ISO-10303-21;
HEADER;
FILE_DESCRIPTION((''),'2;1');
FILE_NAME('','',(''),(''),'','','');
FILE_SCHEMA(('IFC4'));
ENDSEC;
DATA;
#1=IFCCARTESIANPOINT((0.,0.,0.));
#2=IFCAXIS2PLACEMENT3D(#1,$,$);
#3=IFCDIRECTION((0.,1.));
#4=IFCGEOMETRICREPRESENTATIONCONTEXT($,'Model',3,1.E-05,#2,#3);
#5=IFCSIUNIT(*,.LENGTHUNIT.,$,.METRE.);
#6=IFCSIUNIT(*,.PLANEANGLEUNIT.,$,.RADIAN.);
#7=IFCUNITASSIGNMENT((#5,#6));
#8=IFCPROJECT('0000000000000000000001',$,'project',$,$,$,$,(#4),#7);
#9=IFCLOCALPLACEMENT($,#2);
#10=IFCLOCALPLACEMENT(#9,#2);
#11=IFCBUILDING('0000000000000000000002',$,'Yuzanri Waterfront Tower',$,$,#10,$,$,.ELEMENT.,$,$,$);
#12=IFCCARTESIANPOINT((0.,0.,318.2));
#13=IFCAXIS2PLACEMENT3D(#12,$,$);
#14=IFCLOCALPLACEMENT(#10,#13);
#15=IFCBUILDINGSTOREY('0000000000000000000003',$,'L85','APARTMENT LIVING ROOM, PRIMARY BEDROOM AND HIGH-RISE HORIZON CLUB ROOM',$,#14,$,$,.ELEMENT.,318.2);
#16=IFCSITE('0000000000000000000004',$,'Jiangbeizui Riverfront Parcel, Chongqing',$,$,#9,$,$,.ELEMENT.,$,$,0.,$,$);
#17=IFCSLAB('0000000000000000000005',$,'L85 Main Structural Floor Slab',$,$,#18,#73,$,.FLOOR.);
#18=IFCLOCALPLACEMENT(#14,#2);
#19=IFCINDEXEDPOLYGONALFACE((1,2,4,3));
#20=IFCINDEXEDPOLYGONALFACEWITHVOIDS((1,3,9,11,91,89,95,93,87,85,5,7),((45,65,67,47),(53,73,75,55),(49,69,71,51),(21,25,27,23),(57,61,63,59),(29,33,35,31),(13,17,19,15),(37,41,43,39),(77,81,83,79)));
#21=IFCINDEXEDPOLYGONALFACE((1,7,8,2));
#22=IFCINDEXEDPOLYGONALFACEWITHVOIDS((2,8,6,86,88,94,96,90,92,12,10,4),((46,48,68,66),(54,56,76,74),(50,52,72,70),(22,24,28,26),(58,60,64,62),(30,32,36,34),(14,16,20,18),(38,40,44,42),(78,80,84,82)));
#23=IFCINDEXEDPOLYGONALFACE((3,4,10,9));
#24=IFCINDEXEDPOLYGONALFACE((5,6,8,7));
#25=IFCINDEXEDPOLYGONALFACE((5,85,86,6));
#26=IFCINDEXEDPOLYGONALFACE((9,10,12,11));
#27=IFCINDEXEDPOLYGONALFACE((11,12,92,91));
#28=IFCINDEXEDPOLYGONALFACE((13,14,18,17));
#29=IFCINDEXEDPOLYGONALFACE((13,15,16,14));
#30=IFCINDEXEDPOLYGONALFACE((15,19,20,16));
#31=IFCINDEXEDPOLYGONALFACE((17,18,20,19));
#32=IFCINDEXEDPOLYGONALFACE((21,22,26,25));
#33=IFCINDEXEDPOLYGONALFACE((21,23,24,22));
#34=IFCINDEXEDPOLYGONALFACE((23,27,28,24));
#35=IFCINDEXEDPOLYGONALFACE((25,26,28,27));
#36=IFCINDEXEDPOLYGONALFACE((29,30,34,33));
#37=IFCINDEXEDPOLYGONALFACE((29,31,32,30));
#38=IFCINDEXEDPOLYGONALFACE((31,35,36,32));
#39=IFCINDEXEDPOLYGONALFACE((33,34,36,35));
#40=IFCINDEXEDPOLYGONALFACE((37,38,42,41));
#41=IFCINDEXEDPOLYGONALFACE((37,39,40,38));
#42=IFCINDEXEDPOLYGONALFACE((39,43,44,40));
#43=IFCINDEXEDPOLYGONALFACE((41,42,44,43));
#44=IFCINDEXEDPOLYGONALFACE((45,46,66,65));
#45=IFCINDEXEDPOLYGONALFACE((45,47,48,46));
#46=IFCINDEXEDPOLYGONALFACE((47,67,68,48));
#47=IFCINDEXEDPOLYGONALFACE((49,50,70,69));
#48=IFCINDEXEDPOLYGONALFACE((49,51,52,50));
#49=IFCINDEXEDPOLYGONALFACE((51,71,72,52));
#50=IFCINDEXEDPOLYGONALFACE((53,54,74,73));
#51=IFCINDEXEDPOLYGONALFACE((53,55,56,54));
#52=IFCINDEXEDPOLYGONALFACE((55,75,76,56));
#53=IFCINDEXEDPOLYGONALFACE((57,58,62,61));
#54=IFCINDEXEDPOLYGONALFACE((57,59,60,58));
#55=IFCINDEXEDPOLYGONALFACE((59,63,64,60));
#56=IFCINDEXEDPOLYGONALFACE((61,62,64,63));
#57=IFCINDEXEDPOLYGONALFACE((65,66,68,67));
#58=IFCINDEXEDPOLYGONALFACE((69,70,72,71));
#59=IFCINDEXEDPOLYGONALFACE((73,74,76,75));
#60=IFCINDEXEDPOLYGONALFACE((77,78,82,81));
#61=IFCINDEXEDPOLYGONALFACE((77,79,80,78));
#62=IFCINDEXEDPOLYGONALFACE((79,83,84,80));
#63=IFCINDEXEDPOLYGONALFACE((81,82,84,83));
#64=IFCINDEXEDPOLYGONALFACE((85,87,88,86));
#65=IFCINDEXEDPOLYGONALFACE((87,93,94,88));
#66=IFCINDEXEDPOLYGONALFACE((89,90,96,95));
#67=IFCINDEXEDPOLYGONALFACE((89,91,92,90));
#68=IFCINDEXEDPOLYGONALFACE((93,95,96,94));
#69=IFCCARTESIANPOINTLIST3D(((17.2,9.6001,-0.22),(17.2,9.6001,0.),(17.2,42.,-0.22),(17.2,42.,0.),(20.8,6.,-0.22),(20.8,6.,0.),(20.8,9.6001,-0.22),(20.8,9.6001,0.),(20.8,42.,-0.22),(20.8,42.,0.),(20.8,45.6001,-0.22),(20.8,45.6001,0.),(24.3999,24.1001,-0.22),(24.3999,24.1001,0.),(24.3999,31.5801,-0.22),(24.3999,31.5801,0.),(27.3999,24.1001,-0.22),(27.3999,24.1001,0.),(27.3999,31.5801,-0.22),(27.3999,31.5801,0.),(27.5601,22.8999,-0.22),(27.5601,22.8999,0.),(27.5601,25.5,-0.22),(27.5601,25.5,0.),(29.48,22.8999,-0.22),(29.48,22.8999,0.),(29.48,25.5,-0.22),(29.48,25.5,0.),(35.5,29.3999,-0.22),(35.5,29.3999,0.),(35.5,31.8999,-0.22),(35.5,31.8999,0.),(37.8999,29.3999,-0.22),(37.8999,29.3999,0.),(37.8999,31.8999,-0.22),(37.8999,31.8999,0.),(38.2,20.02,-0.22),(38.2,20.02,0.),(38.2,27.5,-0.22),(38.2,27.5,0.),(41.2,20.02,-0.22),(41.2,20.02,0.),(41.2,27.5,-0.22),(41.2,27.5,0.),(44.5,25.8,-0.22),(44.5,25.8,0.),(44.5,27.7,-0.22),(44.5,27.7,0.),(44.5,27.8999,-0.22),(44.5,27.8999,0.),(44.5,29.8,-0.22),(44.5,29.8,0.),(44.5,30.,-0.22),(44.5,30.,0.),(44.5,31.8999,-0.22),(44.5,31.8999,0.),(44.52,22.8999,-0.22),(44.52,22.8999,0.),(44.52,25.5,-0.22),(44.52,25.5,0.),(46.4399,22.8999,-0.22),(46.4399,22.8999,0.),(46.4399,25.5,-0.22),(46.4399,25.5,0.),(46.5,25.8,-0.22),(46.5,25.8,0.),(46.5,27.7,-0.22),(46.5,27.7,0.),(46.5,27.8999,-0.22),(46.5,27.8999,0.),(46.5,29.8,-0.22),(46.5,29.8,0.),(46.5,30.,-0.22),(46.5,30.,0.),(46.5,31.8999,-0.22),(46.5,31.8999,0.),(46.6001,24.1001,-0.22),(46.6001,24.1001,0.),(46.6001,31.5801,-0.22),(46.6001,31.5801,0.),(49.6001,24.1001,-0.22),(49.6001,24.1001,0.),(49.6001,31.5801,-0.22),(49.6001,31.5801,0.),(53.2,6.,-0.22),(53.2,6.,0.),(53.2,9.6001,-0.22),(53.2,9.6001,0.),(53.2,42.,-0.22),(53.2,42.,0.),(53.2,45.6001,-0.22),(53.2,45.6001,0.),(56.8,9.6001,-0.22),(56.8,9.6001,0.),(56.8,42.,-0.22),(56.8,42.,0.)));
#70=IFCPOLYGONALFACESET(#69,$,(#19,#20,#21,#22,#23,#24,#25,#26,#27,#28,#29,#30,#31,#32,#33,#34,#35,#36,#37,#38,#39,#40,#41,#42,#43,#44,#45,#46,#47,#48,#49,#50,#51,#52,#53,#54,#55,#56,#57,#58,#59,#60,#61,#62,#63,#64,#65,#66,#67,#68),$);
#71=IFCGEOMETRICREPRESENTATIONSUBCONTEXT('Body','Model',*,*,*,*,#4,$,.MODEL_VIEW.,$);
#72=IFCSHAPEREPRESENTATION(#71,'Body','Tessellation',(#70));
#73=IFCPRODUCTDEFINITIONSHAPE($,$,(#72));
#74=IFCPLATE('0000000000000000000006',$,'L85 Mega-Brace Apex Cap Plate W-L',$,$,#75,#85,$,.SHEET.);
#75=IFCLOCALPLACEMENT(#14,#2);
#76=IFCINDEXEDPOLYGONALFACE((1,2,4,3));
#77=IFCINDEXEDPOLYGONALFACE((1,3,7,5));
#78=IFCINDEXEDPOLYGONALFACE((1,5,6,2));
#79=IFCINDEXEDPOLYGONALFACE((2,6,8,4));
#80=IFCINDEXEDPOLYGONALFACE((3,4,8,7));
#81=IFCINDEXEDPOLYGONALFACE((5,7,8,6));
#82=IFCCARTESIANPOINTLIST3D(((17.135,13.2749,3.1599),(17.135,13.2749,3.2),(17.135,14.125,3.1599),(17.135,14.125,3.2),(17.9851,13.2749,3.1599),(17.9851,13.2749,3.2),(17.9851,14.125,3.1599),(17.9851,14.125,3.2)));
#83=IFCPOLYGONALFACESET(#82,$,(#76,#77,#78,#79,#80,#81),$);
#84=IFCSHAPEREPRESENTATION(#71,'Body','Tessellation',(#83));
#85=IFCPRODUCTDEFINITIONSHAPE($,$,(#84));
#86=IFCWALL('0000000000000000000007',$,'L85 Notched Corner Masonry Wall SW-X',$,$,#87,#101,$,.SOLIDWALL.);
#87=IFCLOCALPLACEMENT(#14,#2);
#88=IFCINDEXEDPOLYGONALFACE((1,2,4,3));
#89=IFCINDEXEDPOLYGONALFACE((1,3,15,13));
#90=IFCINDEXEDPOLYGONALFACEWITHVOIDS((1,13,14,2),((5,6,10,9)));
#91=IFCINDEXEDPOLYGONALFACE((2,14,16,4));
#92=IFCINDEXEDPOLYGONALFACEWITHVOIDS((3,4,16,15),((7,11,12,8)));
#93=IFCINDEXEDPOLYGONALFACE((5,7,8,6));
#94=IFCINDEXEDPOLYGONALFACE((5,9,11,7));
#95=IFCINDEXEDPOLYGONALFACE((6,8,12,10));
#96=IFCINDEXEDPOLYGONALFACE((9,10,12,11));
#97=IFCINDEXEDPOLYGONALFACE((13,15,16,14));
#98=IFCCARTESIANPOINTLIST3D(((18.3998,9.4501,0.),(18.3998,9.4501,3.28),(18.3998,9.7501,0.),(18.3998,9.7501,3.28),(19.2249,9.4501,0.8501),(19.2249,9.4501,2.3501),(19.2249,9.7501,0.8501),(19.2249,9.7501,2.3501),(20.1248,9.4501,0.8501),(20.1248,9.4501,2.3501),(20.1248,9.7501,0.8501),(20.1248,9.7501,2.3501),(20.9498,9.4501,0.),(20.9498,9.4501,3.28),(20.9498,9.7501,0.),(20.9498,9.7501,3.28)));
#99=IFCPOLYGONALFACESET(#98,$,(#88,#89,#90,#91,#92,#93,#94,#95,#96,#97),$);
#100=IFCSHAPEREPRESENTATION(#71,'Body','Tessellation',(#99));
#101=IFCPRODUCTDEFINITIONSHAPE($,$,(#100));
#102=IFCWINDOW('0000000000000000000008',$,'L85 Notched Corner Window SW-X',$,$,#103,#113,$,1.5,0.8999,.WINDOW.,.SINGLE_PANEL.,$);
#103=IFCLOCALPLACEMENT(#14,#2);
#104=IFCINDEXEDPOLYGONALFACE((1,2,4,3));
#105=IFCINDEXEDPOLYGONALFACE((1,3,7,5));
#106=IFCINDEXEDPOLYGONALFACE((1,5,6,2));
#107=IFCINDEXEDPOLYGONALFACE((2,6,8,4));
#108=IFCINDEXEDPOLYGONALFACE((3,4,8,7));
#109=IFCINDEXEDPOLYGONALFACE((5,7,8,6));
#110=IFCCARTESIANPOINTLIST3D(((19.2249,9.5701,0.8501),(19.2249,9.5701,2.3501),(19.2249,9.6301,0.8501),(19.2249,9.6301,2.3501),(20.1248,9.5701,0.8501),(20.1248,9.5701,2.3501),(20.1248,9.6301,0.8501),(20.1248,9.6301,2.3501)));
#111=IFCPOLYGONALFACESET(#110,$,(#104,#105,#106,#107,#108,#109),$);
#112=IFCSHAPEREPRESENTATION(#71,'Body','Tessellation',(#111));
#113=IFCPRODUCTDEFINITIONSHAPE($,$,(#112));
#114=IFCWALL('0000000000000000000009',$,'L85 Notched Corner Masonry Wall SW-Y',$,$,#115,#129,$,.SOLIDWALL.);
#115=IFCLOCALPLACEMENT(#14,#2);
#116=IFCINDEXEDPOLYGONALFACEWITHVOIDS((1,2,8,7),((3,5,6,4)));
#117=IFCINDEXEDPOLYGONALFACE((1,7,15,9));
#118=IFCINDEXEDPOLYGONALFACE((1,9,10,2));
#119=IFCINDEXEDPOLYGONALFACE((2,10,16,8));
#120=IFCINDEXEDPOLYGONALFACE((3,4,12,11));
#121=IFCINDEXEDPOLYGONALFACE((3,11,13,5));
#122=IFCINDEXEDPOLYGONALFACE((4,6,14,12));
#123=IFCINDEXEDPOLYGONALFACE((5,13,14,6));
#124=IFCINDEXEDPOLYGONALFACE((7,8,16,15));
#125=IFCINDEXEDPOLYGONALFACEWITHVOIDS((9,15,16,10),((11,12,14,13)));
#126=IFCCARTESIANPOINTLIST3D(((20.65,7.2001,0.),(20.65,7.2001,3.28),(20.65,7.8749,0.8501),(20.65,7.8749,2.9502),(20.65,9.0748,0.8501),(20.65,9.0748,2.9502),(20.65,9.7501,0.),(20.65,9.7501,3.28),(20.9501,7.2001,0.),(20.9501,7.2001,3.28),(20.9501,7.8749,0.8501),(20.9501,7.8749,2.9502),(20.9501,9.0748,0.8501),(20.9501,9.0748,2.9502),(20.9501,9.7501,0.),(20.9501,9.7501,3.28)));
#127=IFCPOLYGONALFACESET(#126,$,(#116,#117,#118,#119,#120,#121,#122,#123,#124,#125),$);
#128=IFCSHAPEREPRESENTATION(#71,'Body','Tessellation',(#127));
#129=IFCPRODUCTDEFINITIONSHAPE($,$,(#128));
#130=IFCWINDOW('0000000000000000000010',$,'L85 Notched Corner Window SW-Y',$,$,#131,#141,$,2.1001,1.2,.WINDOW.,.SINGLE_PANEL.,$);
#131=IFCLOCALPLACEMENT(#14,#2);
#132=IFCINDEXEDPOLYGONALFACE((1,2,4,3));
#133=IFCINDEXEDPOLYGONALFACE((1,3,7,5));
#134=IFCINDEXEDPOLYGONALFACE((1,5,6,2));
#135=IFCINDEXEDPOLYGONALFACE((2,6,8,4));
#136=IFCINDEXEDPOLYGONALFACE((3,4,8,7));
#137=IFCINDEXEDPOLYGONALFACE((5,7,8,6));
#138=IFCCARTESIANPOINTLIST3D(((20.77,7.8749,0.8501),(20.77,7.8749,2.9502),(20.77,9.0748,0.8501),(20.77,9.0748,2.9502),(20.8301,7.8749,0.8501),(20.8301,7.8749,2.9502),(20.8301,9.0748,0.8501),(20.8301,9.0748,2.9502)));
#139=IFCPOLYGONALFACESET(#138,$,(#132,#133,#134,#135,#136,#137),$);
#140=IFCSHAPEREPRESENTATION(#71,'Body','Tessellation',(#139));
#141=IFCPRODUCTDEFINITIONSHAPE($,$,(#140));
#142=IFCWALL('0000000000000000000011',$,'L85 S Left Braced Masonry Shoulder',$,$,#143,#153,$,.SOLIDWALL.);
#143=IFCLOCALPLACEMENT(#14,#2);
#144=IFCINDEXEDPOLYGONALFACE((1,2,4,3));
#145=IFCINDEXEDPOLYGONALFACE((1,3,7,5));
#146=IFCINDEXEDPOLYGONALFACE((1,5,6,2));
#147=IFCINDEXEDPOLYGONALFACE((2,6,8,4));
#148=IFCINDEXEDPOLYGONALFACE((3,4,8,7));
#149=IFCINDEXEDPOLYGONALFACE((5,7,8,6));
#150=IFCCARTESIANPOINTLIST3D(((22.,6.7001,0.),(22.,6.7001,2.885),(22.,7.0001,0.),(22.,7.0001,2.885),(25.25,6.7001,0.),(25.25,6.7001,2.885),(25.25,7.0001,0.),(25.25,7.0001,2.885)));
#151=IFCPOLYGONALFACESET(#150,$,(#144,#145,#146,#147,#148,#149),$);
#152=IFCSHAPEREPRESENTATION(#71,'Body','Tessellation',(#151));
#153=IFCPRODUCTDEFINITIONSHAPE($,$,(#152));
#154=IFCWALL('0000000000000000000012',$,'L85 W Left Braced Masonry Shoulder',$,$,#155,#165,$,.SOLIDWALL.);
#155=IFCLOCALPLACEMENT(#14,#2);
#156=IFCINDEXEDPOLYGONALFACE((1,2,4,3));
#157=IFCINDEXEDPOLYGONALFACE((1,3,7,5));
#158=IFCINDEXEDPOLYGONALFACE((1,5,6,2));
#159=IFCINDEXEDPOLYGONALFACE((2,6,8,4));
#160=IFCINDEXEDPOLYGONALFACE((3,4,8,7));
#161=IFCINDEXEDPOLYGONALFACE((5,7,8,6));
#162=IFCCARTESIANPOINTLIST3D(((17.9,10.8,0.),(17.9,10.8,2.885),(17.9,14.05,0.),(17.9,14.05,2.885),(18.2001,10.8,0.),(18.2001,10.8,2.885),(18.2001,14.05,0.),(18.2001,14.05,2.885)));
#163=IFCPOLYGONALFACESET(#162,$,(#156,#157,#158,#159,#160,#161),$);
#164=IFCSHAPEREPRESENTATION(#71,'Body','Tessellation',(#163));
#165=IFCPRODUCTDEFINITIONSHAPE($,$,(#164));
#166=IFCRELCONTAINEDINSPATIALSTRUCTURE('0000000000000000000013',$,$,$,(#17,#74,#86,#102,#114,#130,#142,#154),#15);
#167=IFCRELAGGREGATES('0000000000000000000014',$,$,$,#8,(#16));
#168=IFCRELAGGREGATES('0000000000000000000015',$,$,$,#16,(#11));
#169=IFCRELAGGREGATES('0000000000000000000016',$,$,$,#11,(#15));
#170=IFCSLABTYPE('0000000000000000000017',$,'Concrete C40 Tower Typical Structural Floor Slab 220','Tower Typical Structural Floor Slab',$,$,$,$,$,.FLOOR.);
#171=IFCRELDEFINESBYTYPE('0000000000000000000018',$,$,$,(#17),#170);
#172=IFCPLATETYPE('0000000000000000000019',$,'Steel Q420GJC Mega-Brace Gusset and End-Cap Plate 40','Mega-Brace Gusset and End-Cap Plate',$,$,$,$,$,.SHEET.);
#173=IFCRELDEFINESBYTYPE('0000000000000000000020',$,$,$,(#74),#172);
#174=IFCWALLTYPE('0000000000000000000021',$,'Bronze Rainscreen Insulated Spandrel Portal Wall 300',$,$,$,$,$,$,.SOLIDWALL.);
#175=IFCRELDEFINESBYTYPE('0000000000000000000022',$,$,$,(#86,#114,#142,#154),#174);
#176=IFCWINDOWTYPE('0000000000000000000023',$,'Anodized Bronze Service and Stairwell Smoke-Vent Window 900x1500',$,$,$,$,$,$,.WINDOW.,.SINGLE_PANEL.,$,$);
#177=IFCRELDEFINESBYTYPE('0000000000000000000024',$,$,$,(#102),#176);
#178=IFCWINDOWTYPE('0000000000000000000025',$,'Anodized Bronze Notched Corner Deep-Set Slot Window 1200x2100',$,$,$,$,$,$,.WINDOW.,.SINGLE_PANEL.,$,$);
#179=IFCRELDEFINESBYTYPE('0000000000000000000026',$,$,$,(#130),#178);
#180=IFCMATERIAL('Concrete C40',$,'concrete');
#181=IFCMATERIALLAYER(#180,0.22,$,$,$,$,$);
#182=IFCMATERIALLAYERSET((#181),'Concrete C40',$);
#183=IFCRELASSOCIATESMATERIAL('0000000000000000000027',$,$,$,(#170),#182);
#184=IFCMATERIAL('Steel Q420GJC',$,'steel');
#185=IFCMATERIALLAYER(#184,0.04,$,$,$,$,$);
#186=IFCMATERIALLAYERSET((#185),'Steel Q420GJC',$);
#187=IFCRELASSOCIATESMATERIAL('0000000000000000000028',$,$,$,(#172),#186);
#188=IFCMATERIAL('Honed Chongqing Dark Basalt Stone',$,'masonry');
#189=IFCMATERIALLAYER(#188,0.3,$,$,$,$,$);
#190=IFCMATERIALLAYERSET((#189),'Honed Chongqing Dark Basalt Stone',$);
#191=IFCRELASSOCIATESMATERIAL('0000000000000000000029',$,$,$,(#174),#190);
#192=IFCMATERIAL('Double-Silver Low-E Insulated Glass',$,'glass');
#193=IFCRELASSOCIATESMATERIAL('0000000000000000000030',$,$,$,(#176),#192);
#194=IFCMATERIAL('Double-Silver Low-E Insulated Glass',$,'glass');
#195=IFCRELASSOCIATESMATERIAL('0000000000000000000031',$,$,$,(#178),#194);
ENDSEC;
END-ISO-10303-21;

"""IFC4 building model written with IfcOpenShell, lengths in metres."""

from ifc_helpers import new_model, si_unit, direction, frame, frame_2d, origin, origin_2d, place, context, subcontext, project, spatial, polyline, rectangle, outline, extrude, source, transform, mapped, material, layer, layer_set, type_object, element, fill, save


model = new_model("IFC4")

# Units and contexts
model_context = context("Model", 3, precision=1e-05, world=origin(), true_north=direction((0.0, 1.0)))
body_context = subcontext(model_context, "Body", "Model", "MODEL_VIEW")
ifc_project = project(units=[si_unit("LENGTHUNIT", "METRE"), si_unit("PLANEANGLEUNIT", "RADIAN")], contexts=[model_context])

# Site, building, storey
site_placement = place(None, origin())
site = spatial("IfcSite", under=ifc_project, at=site_placement, Name="Jiangbeizui Riverfront Parcel, Chongqing", CompositionType="ELEMENT", RefElevation=0.0)
building_placement = place(site_placement, origin())
building = spatial("IfcBuilding", under=site, at=building_placement, Name="Yuzanri Waterfront Tower", CompositionType="ELEMENT")
storey_placement = place(building_placement, frame((0.0, 0.0, 318.2)))
storey = spatial("IfcBuildingStorey", under=building, at=storey_placement, Name="L85", Description="APARTMENT LIVING ROOM, PRIMARY BEDROOM AND HIGH-RISE HORIZON CLUB ROOM", CompositionType="ELEMENT", Elevation=318.2)

# Slab
ifc_material_1 = material(Name="Concrete C40", Category="concrete")
ifc_layer_1 = layer(ifc_material_1, 0.22)
ifc_layer_set_1 = layer_set([ifc_layer_1], Name="Concrete C40")
slab_type_1 = type_object("IfcSlabType", Name="Concrete C40 Tower Typical Structural Floor Slab 220", Description="Tower Typical Structural Floor Slab", PredefinedType="FLOOR", material=ifc_layer_set_1)
slab_1_placement = place(storey_placement, frame((0.0, 0.0, -0.22)))
element("IfcSlab", 1, at=slab_1_placement, inside=storey, type_object=slab_type_1, Name="L85 Main Structural Floor Slab", PredefinedType="FLOOR", context=body_context, shape_type="SweptSolid", body=[
    extrude(outline(polyline([(20.8, 6.0), (53.2, 6.0), (53.2, 9.6001), (56.8, 9.6001), (56.8, 42.0), (53.2, 42.0), (53.2, 45.6001), (20.8, 45.6001), (20.8, 42.0), (17.2, 42.0), (17.2, 9.6001), (20.8, 9.6001), (20.8, 6.0)]), holes=[polyline([(27.3999, 24.1001), (27.3999, 31.5801), (24.3999, 31.5801), (24.3999, 24.1001), (27.3999, 24.1001)]), polyline([(49.6001, 24.1001), (49.6001, 31.5801), (46.6001, 31.5801), (46.6001, 24.1001), (49.6001, 24.1001)]), polyline([(38.2, 27.5), (38.2, 20.02), (41.2, 20.02), (41.2, 27.5), (38.2, 27.5)]), polyline([(27.5601, 22.8999), (29.48, 22.8999), (29.48, 25.5), (27.5601, 25.5), (27.5601, 22.8999)]), polyline([(44.52, 22.8999), (46.4399, 22.8999), (46.4399, 25.5), (44.52, 25.5), (44.52, 22.8999)]), polyline([(35.5, 29.3999), (37.8999, 29.3999), (37.8999, 31.8999), (35.5, 31.8999), (35.5, 29.3999)]), polyline([(44.5, 25.8), (46.5, 25.8), (46.5, 27.7), (44.5, 27.7), (44.5, 25.8)]), polyline([(44.5, 27.8999), (46.5, 27.8999), (46.5, 29.8), (44.5, 29.8), (44.5, 27.8999)]), polyline([(44.5, 30.0), (46.5, 30.0), (46.5, 31.8999), (44.5, 31.8999), (44.5, 30.0)])]), origin(), (0.0, 0.0, 1.0), 0.22),
])

# Plate
ifc_material_2 = material(Name="Steel Q420GJC", Category="steel")
ifc_layer_2 = layer(ifc_material_2, 0.04)
ifc_layer_set_2 = layer_set([ifc_layer_2], Name="Steel Q420GJC")
plate_type = type_object("IfcPlateType", Name="Steel Q420GJC Mega-Brace Gusset and End-Cap Plate 40", Description="Mega-Brace Gusset and End-Cap Plate", PredefinedType="SHEET", material=ifc_layer_set_2)
shared_shape_1 = source(origin(), body_context, "Body", "SweptSolid", [
    extrude(rectangle(XDim=0.8501, YDim=0.8501, at=origin_2d()), origin(), (0.0, 0.0, 1.0), 0.04),
])
plate_placement = place(storey_placement, frame((17.5601, 13.7, 3.1599), z_axis=(0.0, 0.0, 1.0), x_axis=(1.0, 0.0, 0.0)))
element("IfcPlate", 2, at=plate_placement, inside=storey, type_object=plate_type, Name="L85 Mega-Brace Apex Cap Plate W-L", PredefinedType="SHEET", context=body_context, shape_type="MappedRepresentation", body=[
    mapped(shared_shape_1, transform((0.0, 0.0, 0.0), scale=1.0)),
])

# Walls, openings, windows
ifc_material_3 = material(Name="Honed Chongqing Dark Basalt Stone", Category="masonry")
ifc_layer_3 = layer(ifc_material_3, 0.3)
ifc_layer_set_3 = layer_set([ifc_layer_3], Name="Honed Chongqing Dark Basalt Stone")
wall_type_1 = type_object("IfcWallType", Name="Bronze Rainscreen Insulated Spandrel Portal Wall 300", PredefinedType="SOLIDWALL", material=ifc_layer_set_3)
wall_1_placement = place(storey_placement, frame((18.3999, 9.6001, 0.0), z_axis=(0.0, 0.0, 1.0), x_axis=(1.0, 0.0, 0.0)))
wall_1 = element("IfcWall", 3, at=wall_1_placement, inside=storey, type_object=wall_type_1, Name="L85 Notched Corner Masonry Wall SW-X", PredefinedType="SOLIDWALL", context=body_context, shape_type="SweptSolid", body=[
    extrude(rectangle(XDim=2.55, YDim=0.3, at=frame_2d((1.2749, 0.0))), origin(), (0.0, 0.0, 1.0), 3.28),
])
opening_1_placement = place(wall_1_placement, frame((0.825, 0.0, 0.8501)))
opening_1 = element("IfcOpeningElement", 4, at=opening_1_placement, cuts=wall_1, PredefinedType="OPENING", context=body_context, shape_type="SweptSolid", body=[
    extrude(rectangle(XDim=0.8999, YDim=1.5, at=frame_2d((0.45, 0.75))), frame((0.0, 0.165, 0.0), z_axis=(0.0, -1.0, 0.0), x_axis=(1.0, 0.0, 0.0)), (0.0, 0.0, 1.0), 0.3298),
])
ifc_material_4 = material(Name="Double-Silver Low-E Insulated Glass", Category="glass")
window_type_1 = type_object("IfcWindowType", Name="Anodized Bronze Service and Stairwell Smoke-Vent Window 900x1500", PartitioningType="SINGLE_PANEL", PredefinedType="WINDOW", material=ifc_material_4)
shared_shape_2 = source(origin(), body_context, "Body", "SweptSolid", [
    extrude(rectangle(XDim=0.8999, YDim=1.5, at=frame_2d((0.45, 0.75))), frame((0.0, 0.03, 0.0), z_axis=(0.0, -1.0, 0.0), x_axis=(1.0, 0.0, 0.0)), (0.0, 0.0, 1.0), 0.0601),
])
window_1_placement = place(opening_1_placement, origin())
window_1 = element("IfcWindow", 5, at=window_1_placement, inside=storey, type_object=window_type_1, Name="L85 Notched Corner Window SW-X", OverallHeight=1.5, OverallWidth=0.8999, PartitioningType="SINGLE_PANEL", PredefinedType="WINDOW", context=body_context, shape_type="MappedRepresentation", body=[
    mapped(shared_shape_2, transform((0.0, 0.0, 0.0), scale=1.0)),
])
fill(opening_1, window_1)
wall_2_placement = place(storey_placement, frame((20.8, 9.75, 0.0), z_axis=(0.0, 0.0, 1.0), x_axis=(0.0, -1.0, 0.0)))
wall_2 = element("IfcWall", 6, at=wall_2_placement, inside=storey, type_object=wall_type_1, Name="L85 Notched Corner Masonry Wall SW-Y", PredefinedType="SOLIDWALL", context=body_context, shape_type="SweptSolid", body=[
    extrude(rectangle(XDim=2.55, YDim=0.3, at=frame_2d((1.2749, 0.0))), origin(), (0.0, 0.0, 1.0), 3.28),
])
opening_2_placement = place(wall_2_placement, frame((0.675, 0.0, 0.8501)))
opening_2 = element("IfcOpeningElement", 7, at=opening_2_placement, cuts=wall_2, PredefinedType="OPENING", context=body_context, shape_type="SweptSolid", body=[
    extrude(rectangle(XDim=1.2, YDim=2.1001, at=frame_2d((0.6001, 1.05))), frame((0.0, 0.165, 0.0), z_axis=(0.0, -1.0, 0.0), x_axis=(1.0, 0.0, 0.0)), (0.0, 0.0, 1.0), 0.3298),
])
ifc_material_5 = material(Name="Double-Silver Low-E Insulated Glass", Category="glass")
window_type_2 = type_object("IfcWindowType", Name="Anodized Bronze Notched Corner Deep-Set Slot Window 1200x2100", PartitioningType="SINGLE_PANEL", PredefinedType="WINDOW", material=ifc_material_5)
shared_shape_3 = source(origin(), body_context, "Body", "SweptSolid", [
    extrude(rectangle(XDim=1.2, YDim=2.1001, at=frame_2d((0.6001, 1.05))), frame((0.0, 0.03, 0.0), z_axis=(0.0, -1.0, 0.0), x_axis=(1.0, 0.0, 0.0)), (0.0, 0.0, 1.0), 0.0601),
])
window_2_placement = place(opening_2_placement, origin())
window_2 = element("IfcWindow", 8, at=window_2_placement, inside=storey, type_object=window_type_2, Name="L85 Notched Corner Window SW-Y", OverallHeight=2.1001, OverallWidth=1.2, PartitioningType="SINGLE_PANEL", PredefinedType="WINDOW", context=body_context, shape_type="MappedRepresentation", body=[
    mapped(shared_shape_3, transform((0.0, 0.0, 0.0), scale=1.0)),
])
fill(opening_2, window_2)

# Walls
shared_shape_4 = source(origin(), body_context, "Body", "SweptSolid", [
    extrude(rectangle(XDim=3.25, YDim=0.3, at=frame_2d((1.625, 0.0))), origin(), (0.0, 0.0, 1.0), 2.885),
])
for number, where, z_axis, x_axis, name in (
    (9, (22.0, 6.8501, 0.0), (0.0, 0.0, 1.0), (1.0, 0.0, 0.0), "L85 S Left Braced Masonry Shoulder"),
    (10, (18.05, 10.8, 0.0), (0.0, 0.0, 1.0), (0.0, 1.0, 0.0), "L85 W Left Braced Masonry Shoulder"),
):
    element("IfcWall", number, at=place(storey_placement, frame(where, z_axis=z_axis, x_axis=x_axis)), inside=storey, type_object=wall_type_1, Name=name, PredefinedType="SOLIDWALL", context=body_context, shape_type="MappedRepresentation", body=[
        mapped(shared_shape_4, transform((0.0, 0.0, 0.0), scale=1.0)),
    ])

save(model, "model.ifc")
